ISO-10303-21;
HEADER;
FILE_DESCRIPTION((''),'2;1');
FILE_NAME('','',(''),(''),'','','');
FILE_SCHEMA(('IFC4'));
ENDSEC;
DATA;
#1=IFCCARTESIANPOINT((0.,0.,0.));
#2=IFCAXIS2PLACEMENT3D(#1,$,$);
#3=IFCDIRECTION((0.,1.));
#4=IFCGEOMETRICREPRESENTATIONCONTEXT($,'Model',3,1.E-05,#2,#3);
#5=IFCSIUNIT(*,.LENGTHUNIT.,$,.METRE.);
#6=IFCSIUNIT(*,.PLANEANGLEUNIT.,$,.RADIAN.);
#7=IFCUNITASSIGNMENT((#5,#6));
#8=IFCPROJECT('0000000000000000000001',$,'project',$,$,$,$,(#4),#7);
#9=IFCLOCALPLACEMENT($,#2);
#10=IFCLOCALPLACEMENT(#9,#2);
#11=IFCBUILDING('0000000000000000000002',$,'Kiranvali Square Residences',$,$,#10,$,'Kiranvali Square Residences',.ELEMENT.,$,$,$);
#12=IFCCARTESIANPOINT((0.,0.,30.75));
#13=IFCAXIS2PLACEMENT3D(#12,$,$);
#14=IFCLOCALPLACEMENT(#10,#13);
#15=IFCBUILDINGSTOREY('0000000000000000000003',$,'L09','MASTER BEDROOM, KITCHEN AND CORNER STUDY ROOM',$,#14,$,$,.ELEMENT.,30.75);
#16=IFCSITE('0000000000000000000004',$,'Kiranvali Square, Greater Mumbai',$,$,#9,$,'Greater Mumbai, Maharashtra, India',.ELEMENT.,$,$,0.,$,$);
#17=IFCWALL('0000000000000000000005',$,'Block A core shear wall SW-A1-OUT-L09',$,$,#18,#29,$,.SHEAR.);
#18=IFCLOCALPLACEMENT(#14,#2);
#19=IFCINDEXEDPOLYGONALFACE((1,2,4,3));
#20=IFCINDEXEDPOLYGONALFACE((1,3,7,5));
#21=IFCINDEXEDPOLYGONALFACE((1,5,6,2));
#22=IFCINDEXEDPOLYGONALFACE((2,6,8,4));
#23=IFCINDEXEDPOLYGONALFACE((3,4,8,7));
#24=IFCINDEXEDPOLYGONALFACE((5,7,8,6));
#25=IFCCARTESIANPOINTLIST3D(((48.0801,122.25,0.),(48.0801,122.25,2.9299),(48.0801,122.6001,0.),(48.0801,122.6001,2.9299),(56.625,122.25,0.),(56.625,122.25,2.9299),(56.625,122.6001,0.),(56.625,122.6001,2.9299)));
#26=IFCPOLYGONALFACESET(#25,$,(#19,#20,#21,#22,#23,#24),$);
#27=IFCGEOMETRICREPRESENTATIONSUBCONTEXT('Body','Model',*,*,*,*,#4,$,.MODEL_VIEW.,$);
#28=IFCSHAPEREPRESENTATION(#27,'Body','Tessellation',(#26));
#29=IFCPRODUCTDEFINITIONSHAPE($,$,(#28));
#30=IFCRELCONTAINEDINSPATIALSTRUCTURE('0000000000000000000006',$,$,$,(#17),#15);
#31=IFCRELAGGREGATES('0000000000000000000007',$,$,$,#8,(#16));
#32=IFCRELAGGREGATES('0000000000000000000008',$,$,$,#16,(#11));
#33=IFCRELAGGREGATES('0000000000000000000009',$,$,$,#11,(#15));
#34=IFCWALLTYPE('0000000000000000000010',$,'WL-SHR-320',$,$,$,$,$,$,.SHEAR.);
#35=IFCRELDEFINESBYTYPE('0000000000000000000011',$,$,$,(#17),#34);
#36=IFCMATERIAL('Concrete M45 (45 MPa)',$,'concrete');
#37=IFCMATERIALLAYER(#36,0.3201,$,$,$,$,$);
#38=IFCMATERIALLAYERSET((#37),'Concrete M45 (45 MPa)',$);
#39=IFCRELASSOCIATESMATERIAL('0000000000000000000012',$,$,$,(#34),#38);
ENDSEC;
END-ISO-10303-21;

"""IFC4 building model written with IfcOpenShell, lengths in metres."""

from ifc_helpers import new_model, si_unit, direction, frame, frame_2d, origin, place, context, subcontext, project, spatial, rectangle, extrude, material, layer, layer_set, type_object, element, save


model = new_model("IFC4")

# Units and contexts
model_context = context("Model", 3, precision=1e-05, world=origin(), true_north=direction((0.0, 1.0)))
body_context = subcontext(model_context, "Body", "Model", "MODEL_VIEW")
ifc_project = project(units=[si_unit("LENGTHUNIT", "METRE"), si_unit("PLANEANGLEUNIT", "RADIAN")], contexts=[model_context])

# Site, building, storey
site_placement = place(None, origin())
site = spatial("IfcSite", under=ifc_project, at=site_placement, Name="Kiranvali Square, Greater Mumbai", LongName="Greater Mumbai, Maharashtra, India", CompositionType="ELEMENT", RefElevation=0.0)
building_placement = place(site_placement, origin())
building = spatial("IfcBuilding", under=site, at=building_placement, Name="Kiranvali Square Residences", LongName="Kiranvali Square Residences", CompositionType="ELEMENT")
storey_placement = place(building_placement, frame((0.0, 0.0, 30.75)))
storey = spatial("IfcBuildingStorey", under=building, at=storey_placement, Name="L09", Description="MASTER BEDROOM, KITCHEN AND CORNER STUDY ROOM", CompositionType="ELEMENT", Elevation=30.75)

# Wall
ifc_material_1 = material(Name="Concrete M45 (45 MPa)", Category="concrete")
ifc_layer_1 = layer(ifc_material_1, 0.3201)
ifc_layer_set_1 = layer_set([ifc_layer_1], Name="Concrete M45 (45 MPa)")
wall_type_1 = type_object("IfcWallType", Name="WL-SHR-320", PredefinedType="SHEAR", material=ifc_layer_set_1)
wall_1_placement = place(storey_placement, frame((48.0801, 122.425, 0.0), z_axis=(0.0, 0.0, 1.0), x_axis=(1.0, 0.0, 0.0)))
element("IfcWall", 1, at=wall_1_placement, inside=storey, type_object=wall_type_1, Name="Block A core shear wall SW-A1-OUT-L09", PredefinedType="SHEAR", context=body_context, shape_type="SweptSolid", body=[
    extrude(rectangle(XDim=8.5449, YDim=0.3501, at=frame_2d((4.2725, 0.0))), origin(), (0.0, 0.0, 1.0), 2.9299),
])

save(model, "model.ifc")
